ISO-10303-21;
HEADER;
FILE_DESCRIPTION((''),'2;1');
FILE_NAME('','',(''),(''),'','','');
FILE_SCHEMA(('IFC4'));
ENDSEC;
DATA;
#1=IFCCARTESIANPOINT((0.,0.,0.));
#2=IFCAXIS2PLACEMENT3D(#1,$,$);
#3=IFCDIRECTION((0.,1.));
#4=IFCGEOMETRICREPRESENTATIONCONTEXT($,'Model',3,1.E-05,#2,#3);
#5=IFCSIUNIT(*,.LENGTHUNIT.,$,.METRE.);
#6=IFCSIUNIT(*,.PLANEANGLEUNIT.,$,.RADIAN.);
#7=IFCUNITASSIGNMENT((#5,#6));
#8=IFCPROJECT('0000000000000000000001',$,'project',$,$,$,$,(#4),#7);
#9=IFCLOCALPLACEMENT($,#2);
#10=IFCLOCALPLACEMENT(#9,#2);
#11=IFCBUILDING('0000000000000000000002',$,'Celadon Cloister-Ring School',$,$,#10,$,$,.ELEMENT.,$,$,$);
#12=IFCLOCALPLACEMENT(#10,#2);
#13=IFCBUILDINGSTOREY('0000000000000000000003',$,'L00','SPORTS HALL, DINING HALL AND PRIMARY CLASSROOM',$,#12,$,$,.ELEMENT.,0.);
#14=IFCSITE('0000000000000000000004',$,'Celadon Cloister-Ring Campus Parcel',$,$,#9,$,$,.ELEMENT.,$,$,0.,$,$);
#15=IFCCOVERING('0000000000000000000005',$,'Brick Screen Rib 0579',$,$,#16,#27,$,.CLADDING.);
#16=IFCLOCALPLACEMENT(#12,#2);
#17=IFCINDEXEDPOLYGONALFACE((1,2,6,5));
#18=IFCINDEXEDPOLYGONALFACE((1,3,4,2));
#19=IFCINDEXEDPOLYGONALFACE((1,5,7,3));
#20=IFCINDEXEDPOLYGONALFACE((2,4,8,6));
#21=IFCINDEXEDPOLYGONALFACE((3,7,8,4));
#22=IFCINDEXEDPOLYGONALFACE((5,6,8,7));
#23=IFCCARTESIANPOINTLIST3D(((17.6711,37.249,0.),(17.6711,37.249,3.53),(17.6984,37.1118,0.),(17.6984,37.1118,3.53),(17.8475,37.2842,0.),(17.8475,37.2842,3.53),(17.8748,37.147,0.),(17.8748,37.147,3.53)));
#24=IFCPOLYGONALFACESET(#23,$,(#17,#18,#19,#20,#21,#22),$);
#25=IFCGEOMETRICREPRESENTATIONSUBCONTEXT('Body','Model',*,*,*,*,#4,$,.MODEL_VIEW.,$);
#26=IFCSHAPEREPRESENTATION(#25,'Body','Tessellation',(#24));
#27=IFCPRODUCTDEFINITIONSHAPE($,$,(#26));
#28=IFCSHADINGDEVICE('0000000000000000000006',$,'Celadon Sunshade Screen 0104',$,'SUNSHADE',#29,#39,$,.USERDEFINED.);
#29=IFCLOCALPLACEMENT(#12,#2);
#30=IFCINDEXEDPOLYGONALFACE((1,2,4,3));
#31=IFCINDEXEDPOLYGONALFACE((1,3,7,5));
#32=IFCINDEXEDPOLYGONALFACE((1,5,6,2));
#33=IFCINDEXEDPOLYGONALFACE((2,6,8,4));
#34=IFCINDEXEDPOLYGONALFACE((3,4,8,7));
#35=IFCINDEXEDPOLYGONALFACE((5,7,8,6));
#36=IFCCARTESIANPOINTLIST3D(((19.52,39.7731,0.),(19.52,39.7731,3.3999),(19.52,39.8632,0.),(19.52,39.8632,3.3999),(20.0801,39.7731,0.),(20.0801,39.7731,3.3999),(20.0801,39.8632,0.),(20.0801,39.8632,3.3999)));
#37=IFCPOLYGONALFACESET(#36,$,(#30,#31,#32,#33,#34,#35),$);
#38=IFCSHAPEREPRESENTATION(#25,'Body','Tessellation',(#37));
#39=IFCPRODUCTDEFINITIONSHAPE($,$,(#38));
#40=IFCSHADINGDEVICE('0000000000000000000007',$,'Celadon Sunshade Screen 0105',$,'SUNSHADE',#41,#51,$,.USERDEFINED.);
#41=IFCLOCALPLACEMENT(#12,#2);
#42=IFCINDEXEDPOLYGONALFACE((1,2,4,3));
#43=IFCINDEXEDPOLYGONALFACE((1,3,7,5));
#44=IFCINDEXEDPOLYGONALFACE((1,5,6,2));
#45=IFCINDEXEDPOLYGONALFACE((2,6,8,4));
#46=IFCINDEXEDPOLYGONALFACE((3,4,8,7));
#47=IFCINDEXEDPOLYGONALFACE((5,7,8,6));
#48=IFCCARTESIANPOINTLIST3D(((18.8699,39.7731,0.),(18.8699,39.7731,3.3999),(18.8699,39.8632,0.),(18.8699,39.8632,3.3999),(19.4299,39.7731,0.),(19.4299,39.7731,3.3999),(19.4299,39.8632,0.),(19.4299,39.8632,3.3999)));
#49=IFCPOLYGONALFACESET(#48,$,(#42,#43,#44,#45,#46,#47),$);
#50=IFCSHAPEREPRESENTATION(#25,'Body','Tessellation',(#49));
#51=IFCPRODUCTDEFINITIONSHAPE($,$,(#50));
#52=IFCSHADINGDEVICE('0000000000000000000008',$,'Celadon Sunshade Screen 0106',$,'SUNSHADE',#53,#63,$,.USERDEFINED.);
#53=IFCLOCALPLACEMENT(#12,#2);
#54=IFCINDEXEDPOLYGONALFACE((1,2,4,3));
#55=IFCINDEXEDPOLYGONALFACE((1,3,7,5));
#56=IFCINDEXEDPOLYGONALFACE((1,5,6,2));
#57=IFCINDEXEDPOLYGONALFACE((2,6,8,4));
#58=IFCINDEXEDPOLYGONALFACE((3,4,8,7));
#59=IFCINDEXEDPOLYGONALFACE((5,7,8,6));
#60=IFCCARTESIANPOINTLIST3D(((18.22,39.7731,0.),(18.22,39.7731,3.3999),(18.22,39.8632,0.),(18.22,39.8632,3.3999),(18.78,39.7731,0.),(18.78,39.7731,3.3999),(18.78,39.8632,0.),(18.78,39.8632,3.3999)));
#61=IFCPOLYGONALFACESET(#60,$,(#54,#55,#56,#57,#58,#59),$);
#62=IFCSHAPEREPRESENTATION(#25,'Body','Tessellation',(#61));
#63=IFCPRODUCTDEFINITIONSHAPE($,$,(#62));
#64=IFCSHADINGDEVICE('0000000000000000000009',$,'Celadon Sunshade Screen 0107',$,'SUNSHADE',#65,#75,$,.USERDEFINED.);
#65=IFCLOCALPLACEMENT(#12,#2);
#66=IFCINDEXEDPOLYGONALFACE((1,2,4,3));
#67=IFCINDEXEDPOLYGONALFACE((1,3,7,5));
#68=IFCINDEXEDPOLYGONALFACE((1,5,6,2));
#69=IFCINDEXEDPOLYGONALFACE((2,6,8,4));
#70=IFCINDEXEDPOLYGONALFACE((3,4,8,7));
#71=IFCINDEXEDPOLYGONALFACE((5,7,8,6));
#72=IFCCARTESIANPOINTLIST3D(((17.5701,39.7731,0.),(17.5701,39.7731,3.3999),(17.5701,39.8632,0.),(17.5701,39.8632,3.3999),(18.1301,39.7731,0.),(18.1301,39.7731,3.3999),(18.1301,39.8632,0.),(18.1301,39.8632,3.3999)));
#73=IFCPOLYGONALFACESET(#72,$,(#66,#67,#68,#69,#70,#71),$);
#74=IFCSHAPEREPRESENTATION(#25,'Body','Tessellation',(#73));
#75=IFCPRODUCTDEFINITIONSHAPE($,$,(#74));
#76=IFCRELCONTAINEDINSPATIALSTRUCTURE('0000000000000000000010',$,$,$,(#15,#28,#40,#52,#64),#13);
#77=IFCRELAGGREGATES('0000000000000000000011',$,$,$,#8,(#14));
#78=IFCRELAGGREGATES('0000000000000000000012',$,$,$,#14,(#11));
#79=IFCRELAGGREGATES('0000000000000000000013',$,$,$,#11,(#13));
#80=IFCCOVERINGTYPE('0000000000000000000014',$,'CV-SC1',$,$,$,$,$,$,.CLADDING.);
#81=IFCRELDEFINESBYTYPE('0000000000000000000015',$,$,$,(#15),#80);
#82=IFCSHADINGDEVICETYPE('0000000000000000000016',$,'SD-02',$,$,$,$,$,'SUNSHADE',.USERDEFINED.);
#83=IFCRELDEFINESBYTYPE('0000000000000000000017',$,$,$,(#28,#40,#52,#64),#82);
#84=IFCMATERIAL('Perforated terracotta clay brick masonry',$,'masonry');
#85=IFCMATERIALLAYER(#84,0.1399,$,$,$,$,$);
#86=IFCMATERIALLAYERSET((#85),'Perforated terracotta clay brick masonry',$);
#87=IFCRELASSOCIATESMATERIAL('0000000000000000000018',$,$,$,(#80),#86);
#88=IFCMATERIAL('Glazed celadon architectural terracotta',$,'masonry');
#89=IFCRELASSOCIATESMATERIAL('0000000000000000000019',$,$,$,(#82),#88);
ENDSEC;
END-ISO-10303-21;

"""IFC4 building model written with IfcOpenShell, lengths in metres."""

from ifc_helpers import new_model, si_unit, direction, frame, origin, origin_2d, place, context, subcontext, project, spatial, rectangle, extrude, material, layer, layer_set, type_object, element, save


model = new_model("IFC4")

# Units and contexts
model_context = context("Model", 3, precision=1e-05, world=origin(), true_north=direction((0.0, 1.0)))
body_context = subcontext(model_context, "Body", "Model", "MODEL_VIEW")
ifc_project = project(units=[si_unit("LENGTHUNIT", "METRE"), si_unit("PLANEANGLEUNIT", "RADIAN")], contexts=[model_context])

# Site, building, storey
site_placement = place(None, origin())
site = spatial("IfcSite", under=ifc_project, at=site_placement, Name="Celadon Cloister-Ring Campus Parcel", CompositionType="ELEMENT", RefElevation=0.0)
building_placement = place(site_placement, origin())
building = spatial("IfcBuilding", under=site, at=building_placement, Name="Celadon Cloister-Ring School", CompositionType="ELEMENT")
storey_placement = place(building_placement, origin())
storey = spatial("IfcBuildingStorey", under=building, at=storey_placement, Name="L00", Description="SPORTS HALL, DINING HALL AND PRIMARY CLASSROOM", CompositionType="ELEMENT", Elevation=0.0)

# Covering
ifc_material_1 = material(Name="Perforated terracotta clay brick masonry", Category="masonry")
ifc_layer_1 = layer(ifc_material_1, 0.1399)
ifc_layer_set_1 = layer_set([ifc_layer_1], Name="Perforated terracotta clay brick masonry")
covering_type = type_object("IfcCoveringType", Name="CV-SC1", PredefinedType="CLADDING", material=ifc_layer_set_1)
for number, where, z_axis, x_axis, name in (
    (1, (17.7729, 37.198, 0.0), (0.0, 0.0, 1.0), (0.980775, 0.195142, 0.0), "Brick Screen Rib 0579"),
):
    element("IfcCovering", number, at=place(storey_placement, frame(where, z_axis=z_axis, x_axis=x_axis)), inside=storey, type_object=covering_type, Name=name, PredefinedType="CLADDING", context=body_context, shape_type="SweptSolid", body=[
        extrude(rectangle(XDim=0.1799, YDim=0.1399, at=origin_2d()), origin(), (0.0, 0.0, 1.0), 3.53),
    ])

# Shading devices
ifc_material_2 = material(Name="Glazed celadon architectural terracotta", Category="masonry")
shading_device_type = type_object("IfcShadingDeviceType", Name="SD-02", ElementType="SUNSHADE", PredefinedType="USERDEFINED", material=ifc_material_2)
for number, where, z_axis, x_axis, name in (
    (2, (19.8, 39.8181, 0.0), (0.0, 0.0, 1.0), (-1.0, 0.0, 0.0), "Celadon Sunshade Screen 0104"),
    (3, (19.1499, 39.8181, 0.0), (0.0, 0.0, 1.0), (-1.0, 0.0, 0.0), "Celadon Sunshade Screen 0105"),
    (4, (18.5, 39.8181, 0.0), (0.0, 0.0, 1.0), (-1.0, 0.0, 0.0), "Celadon Sunshade Screen 0106"),
    (5, (17.8501, 39.8181, 0.0), (0.0, 0.0, 1.0), (-1.0, 0.0, 0.0), "Celadon Sunshade Screen 0107"),
):
    element("IfcShadingDevice", number, at=place(storey_placement, frame(where, z_axis=z_axis, x_axis=x_axis)), inside=storey, type_object=shading_device_type, Name=name, ObjectType="SUNSHADE", PredefinedType="USERDEFINED", context=body_context, shape_type="SweptSolid", body=[
        extrude(rectangle(XDim=0.5601, YDim=0.0901, at=origin_2d()), origin(), (0.0, 0.0, 1.0), 3.3999),
    ])

save(model, "model.ifc")
